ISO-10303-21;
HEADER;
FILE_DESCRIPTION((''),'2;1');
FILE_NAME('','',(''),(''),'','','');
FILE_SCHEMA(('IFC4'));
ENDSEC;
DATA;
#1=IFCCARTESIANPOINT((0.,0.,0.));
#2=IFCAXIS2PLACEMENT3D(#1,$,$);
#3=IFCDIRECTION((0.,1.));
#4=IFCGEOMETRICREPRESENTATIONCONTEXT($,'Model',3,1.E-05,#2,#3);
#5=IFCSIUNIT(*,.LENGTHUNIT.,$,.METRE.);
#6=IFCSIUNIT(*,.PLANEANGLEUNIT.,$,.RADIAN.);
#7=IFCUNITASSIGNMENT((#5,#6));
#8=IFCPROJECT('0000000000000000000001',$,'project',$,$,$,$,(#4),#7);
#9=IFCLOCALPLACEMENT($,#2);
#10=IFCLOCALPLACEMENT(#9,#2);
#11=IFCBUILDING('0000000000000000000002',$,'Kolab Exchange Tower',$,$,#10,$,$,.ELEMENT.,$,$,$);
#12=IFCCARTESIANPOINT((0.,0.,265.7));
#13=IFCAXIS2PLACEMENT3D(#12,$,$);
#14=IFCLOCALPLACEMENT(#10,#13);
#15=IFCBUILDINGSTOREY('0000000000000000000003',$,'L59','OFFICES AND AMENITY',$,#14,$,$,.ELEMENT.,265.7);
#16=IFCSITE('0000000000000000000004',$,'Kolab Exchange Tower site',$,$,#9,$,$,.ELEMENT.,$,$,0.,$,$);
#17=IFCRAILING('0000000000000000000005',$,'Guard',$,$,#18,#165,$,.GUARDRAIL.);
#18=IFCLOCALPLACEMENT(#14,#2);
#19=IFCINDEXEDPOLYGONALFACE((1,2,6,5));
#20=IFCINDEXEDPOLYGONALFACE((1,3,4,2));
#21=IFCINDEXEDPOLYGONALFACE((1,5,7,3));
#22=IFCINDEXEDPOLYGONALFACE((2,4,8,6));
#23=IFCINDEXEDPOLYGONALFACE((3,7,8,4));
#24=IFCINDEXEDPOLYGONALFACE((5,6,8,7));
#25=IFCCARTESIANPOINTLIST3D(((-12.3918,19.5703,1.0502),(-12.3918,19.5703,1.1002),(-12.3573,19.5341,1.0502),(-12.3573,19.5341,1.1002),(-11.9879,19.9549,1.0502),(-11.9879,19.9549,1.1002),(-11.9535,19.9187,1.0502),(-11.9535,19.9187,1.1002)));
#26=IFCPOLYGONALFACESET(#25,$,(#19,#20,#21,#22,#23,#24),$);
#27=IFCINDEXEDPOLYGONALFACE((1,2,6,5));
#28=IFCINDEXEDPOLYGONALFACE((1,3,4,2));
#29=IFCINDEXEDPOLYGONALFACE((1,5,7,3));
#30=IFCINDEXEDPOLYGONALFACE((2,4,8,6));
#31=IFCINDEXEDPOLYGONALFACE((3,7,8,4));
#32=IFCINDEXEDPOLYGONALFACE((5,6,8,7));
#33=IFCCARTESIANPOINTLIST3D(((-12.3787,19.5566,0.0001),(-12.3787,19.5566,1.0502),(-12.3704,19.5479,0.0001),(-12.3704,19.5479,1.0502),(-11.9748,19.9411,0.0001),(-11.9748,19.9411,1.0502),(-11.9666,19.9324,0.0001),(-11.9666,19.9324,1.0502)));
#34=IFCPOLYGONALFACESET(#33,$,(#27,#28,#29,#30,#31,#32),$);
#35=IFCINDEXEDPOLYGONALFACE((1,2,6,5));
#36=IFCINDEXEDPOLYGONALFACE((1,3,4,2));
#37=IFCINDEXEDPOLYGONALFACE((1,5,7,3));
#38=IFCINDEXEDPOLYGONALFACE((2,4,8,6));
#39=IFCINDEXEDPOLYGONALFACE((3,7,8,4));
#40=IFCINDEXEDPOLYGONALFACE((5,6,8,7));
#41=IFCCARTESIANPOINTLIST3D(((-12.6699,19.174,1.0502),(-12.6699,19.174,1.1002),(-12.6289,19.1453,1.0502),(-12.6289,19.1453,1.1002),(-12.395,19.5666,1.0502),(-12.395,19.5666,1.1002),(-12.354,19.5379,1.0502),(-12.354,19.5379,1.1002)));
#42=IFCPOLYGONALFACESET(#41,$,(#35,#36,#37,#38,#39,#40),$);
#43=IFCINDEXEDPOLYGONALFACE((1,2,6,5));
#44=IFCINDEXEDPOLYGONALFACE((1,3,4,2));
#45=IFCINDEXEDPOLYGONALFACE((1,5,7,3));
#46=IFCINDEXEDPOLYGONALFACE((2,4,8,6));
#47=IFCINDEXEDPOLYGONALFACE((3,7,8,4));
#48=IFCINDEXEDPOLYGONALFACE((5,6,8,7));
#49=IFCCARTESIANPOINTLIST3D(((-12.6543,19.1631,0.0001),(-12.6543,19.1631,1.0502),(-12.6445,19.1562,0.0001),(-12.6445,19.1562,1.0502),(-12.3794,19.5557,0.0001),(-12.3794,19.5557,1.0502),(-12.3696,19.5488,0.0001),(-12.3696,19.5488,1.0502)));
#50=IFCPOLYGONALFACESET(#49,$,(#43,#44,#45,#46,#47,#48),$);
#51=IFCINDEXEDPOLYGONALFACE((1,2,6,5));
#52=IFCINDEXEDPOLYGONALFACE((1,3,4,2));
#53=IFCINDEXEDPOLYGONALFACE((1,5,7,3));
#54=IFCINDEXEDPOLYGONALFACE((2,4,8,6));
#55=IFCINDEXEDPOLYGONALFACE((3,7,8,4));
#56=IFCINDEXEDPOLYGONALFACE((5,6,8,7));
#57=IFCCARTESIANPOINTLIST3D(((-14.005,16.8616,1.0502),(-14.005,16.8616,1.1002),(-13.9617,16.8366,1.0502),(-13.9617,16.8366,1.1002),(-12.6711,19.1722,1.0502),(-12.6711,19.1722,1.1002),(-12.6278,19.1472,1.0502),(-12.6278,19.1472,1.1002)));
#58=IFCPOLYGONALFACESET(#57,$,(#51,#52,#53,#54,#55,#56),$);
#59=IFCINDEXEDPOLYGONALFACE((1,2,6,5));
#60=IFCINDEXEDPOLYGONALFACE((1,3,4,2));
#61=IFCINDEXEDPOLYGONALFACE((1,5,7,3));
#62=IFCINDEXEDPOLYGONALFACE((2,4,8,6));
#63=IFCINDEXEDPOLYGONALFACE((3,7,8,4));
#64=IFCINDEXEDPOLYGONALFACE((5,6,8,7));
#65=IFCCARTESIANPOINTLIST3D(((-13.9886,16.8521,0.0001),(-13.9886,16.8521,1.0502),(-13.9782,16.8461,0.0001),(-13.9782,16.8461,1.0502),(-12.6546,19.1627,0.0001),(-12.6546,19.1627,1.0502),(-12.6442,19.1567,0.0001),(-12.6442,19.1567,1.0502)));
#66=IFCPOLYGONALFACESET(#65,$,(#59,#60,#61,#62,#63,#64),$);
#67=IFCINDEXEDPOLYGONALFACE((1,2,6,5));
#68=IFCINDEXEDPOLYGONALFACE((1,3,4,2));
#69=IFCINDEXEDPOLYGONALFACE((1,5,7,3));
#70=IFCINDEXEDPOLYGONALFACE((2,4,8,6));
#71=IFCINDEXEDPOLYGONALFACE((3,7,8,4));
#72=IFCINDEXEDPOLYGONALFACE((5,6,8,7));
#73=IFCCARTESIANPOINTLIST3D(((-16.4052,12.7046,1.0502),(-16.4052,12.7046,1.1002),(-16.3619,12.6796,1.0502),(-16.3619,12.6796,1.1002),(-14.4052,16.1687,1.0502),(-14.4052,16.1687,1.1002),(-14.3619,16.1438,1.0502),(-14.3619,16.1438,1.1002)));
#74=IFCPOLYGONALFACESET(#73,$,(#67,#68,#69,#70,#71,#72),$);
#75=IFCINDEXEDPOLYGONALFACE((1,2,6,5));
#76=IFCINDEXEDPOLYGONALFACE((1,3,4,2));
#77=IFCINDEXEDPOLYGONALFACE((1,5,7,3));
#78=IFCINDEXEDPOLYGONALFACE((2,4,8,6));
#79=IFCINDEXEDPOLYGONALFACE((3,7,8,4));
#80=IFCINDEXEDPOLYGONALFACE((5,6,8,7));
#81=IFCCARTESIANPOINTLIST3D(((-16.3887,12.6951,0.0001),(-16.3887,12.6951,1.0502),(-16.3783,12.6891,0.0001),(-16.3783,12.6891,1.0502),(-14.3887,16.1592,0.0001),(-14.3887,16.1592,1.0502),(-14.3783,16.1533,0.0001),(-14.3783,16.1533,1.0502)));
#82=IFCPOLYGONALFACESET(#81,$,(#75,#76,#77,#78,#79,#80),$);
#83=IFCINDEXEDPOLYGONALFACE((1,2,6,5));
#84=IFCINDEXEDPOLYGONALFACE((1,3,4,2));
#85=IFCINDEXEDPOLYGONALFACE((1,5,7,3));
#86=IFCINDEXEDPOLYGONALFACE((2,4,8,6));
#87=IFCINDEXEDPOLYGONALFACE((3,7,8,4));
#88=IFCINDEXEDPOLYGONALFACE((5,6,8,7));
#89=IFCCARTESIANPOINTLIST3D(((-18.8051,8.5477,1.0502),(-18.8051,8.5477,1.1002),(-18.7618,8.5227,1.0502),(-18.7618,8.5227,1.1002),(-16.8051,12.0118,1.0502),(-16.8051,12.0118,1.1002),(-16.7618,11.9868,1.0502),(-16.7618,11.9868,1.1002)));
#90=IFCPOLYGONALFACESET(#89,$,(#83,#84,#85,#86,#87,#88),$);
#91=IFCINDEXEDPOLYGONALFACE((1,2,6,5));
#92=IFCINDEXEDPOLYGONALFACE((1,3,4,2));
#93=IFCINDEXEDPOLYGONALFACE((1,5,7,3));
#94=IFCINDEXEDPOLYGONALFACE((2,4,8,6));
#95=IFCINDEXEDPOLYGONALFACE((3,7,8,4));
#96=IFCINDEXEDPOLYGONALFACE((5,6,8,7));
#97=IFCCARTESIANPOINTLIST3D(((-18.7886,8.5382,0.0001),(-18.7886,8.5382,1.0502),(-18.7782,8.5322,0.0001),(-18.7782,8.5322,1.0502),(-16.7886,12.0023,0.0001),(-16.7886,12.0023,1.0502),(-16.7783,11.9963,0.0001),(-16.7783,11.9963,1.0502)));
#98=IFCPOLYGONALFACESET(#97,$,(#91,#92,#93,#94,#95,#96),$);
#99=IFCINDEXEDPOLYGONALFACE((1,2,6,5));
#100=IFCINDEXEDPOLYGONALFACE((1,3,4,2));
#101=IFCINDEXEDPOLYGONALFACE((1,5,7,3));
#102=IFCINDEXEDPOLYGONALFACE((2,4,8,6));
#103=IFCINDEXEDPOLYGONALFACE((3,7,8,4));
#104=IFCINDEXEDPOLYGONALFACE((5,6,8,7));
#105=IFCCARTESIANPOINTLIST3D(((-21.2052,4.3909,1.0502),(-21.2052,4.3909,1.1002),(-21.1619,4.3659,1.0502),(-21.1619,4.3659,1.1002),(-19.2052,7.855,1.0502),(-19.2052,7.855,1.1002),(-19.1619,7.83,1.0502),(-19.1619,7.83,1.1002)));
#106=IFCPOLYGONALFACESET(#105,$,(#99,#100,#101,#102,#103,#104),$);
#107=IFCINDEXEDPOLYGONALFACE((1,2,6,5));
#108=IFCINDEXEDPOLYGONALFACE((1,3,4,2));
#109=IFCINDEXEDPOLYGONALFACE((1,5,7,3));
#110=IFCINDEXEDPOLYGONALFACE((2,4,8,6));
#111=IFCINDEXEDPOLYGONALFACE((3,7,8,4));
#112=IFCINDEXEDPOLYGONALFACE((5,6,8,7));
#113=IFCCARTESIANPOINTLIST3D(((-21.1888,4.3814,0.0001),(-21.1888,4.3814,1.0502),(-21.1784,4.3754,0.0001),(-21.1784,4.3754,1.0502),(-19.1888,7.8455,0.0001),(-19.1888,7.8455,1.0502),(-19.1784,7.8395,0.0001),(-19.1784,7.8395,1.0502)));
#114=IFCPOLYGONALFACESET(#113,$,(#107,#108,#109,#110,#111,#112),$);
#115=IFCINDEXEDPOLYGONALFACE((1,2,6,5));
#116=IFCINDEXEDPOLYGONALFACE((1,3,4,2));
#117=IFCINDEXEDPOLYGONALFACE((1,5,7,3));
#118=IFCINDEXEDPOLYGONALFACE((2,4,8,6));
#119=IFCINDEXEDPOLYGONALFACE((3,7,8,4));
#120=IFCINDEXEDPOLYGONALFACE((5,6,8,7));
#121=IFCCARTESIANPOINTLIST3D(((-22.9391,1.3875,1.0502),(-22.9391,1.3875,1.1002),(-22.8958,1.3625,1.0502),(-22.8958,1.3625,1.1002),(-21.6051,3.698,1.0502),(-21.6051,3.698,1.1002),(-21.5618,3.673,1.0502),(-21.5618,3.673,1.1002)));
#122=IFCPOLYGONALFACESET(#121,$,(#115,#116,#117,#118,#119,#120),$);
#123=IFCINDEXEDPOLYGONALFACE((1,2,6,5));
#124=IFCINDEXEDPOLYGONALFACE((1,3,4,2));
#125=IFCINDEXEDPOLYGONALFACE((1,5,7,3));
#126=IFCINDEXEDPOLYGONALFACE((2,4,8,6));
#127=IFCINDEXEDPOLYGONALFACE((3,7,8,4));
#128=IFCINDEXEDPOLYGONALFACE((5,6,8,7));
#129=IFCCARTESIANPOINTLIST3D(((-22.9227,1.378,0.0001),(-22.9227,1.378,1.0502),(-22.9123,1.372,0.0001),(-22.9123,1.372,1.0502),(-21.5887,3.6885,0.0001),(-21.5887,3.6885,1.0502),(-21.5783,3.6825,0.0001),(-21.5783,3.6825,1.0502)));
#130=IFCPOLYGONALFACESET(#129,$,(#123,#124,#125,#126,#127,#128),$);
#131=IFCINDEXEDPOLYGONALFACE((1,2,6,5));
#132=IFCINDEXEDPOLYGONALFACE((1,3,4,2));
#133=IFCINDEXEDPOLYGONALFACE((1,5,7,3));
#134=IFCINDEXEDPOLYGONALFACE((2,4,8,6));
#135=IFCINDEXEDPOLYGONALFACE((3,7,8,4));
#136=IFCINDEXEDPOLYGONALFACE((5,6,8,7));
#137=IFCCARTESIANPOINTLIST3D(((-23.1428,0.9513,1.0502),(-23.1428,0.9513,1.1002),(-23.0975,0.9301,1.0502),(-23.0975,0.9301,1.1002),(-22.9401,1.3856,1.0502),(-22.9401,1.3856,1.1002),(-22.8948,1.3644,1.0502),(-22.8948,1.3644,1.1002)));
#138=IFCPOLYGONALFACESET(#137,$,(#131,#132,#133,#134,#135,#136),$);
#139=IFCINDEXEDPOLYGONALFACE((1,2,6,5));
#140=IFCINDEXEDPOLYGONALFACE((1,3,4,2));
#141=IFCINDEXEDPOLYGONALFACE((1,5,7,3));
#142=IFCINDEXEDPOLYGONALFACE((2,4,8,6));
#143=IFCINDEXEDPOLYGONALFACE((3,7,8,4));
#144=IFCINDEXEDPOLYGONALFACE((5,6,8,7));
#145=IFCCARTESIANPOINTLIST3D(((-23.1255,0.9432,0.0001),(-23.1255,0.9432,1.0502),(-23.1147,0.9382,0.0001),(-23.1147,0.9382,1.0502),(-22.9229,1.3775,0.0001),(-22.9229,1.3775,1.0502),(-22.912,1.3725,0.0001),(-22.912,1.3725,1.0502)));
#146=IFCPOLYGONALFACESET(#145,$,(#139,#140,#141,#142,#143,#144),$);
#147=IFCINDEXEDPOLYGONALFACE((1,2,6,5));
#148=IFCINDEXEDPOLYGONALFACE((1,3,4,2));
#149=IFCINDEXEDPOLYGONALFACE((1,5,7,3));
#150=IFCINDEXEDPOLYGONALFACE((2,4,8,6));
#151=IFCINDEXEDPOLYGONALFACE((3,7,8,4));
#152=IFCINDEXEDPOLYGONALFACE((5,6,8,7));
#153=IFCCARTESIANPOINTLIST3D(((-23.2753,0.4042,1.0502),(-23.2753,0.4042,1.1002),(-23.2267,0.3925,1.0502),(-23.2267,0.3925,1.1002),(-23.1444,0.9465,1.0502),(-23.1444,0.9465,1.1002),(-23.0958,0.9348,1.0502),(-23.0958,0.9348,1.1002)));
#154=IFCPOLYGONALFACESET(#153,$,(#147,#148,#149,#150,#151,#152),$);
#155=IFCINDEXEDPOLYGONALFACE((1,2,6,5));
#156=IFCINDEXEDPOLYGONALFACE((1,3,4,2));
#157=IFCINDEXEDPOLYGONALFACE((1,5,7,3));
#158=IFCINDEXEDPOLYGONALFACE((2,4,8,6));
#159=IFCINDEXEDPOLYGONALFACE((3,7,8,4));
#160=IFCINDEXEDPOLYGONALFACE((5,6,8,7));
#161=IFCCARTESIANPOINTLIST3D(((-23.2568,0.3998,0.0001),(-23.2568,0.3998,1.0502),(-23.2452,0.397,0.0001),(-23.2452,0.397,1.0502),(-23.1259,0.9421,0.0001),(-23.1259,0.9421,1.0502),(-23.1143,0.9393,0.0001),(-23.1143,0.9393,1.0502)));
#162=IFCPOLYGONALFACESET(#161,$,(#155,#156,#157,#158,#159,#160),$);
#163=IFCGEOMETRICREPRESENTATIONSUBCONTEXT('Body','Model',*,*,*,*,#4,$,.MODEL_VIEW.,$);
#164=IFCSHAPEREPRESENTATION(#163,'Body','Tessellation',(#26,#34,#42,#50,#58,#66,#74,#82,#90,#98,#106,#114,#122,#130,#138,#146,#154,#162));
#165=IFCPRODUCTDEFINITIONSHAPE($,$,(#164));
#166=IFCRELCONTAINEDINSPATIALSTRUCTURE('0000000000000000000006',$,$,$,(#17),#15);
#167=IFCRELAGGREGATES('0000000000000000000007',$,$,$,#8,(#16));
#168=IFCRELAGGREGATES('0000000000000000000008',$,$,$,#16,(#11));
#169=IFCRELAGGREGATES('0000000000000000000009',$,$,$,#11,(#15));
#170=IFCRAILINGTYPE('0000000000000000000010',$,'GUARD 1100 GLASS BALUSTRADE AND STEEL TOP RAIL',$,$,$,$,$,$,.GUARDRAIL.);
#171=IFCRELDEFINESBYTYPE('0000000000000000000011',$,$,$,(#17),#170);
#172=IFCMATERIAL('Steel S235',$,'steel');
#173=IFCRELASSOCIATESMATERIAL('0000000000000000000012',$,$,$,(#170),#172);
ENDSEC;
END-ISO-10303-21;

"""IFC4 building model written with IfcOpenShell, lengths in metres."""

from ifc_helpers import new_model, si_unit, direction, frame, frame_2d, origin, origin_2d, place, context, subcontext, project, spatial, rectangle, extrude, material, type_object, element, save


model = new_model("IFC4")

# Units and contexts
model_context = context("Model", 3, precision=1e-05, world=origin(), true_north=direction((0.0, 1.0)))
body_context = subcontext(model_context, "Body", "Model", "MODEL_VIEW")
ifc_project = project(units=[si_unit("LENGTHUNIT", "METRE"), si_unit("PLANEANGLEUNIT", "RADIAN")], contexts=[model_context])

# Site, building, storey
site_placement = place(None, origin())
site = spatial("IfcSite", under=ifc_project, at=site_placement, Name="Kolab Exchange Tower site", CompositionType="ELEMENT", RefElevation=0.0)
building_placement = place(site_placement, origin())
building = spatial("IfcBuilding", under=site, at=building_placement, Name="Kolab Exchange Tower", CompositionType="ELEMENT")
storey_placement = place(building_placement, frame((0.0, 0.0, 265.7)))
storey = spatial("IfcBuildingStorey", under=building, at=storey_placement, Name="L59", Description="OFFICES AND AMENITY", CompositionType="ELEMENT", Elevation=265.7)

# Railing
ifc_material_1 = material(Name="Steel S235", Category="steel")
railing_type = type_object("IfcRailingType", Name="GUARD 1100 GLASS BALUSTRADE AND STEEL TOP RAIL", PredefinedType="GUARDRAIL", material=ifc_material_1)
railing_placement = place(storey_placement, frame((-11.9707, 19.9368, 0.0)))
element("IfcRailing", 1, at=railing_placement, inside=storey, type_object=railing_type, Name="Guard", PredefinedType="GUARDRAIL", context=body_context, shape_type="SweptSolid", body=[
    extrude(rectangle(XDim=0.05, YDim=0.05, at=origin_2d()), frame((0.0, 0.0, 1.0752), z_axis=(-0.72419, -0.689601, 0.0), x_axis=(0.689601, -0.72419, 0.0)), (0.0, 0.0, 1.0), 0.5576),
    extrude(rectangle(XDim=0.012, YDim=1.0501, at=frame_2d((0.0, 0.5251))), frame((0.0, 0.0, 0.0), z_axis=(-0.72419, -0.689601, 0.0), x_axis=(0.689601, -0.72419, 0.0)), (0.0, 0.0, 1.0), 0.5576),
    extrude(rectangle(XDim=0.05, YDim=0.05, at=origin_2d()), frame((-0.4038, -0.3845, 1.0752), z_axis=(-0.573599, -0.819136, 0.0), x_axis=(0.819136, -0.573599, 0.0)), (0.0, 0.0, 1.0), 0.4792),
    extrude(rectangle(XDim=0.012, YDim=1.0501, at=frame_2d((0.0, 0.5251))), frame((-0.4038, -0.3845, 0.0), z_axis=(-0.573599, -0.819136, 0.0), x_axis=(0.819136, -0.573599, 0.0)), (0.0, 0.0, 1.0), 0.4792),
    extrude(rectangle(XDim=0.05, YDim=0.05, at=origin_2d()), frame((-0.6787, -0.7771, 1.0752), z_axis=(-0.499997, -0.866027, 0.0), x_axis=(0.866027, -0.499997, 0.0)), (0.0, 0.0, 1.0), 2.668),
    extrude(rectangle(XDim=0.012, YDim=1.0501, at=frame_2d((0.0, 0.5251))), frame((-0.6787, -0.7771, 0.0), z_axis=(-0.499997, -0.866027, 0.0), x_axis=(0.866027, -0.499997, 0.0)), (0.0, 0.0, 1.0), 2.668),
    extrude(rectangle(XDim=0.05, YDim=0.05, at=origin_2d()), frame((-2.4128, -3.7805, 1.0752), z_axis=(-0.499999, -0.866026, 0.0), x_axis=(0.866026, -0.499999, 0.0)), (0.0, 0.0, 1.0), 4.0),
    extrude(rectangle(XDim=0.012, YDim=1.0501, at=frame_2d((0.0, 0.5251))), frame((-2.4128, -3.7805, 0.0), z_axis=(-0.499999, -0.866026, 0.0), x_axis=(0.866026, -0.499999, 0.0)), (0.0, 0.0, 1.0), 4.0),
    extrude(rectangle(XDim=0.05, YDim=0.05, at=origin_2d()), frame((-4.8127, -7.9375, 1.0752), z_axis=(-0.499999, -0.866026, 0.0), x_axis=(0.866026, -0.499999, 0.0)), (0.0, 0.0, 1.0), 4.0),
    extrude(rectangle(XDim=0.012, YDim=1.0501, at=frame_2d((0.0, 0.5251))), frame((-4.8127, -7.9375, 0.0), z_axis=(-0.499999, -0.866026, 0.0), x_axis=(0.866026, -0.499999, 0.0)), (0.0, 0.0, 1.0), 4.0),
    extrude(rectangle(XDim=0.05, YDim=0.05, at=origin_2d()), frame((-7.2129, -12.0942, 1.0752), z_axis=(-0.499999, -0.866026, 0.0), x_axis=(0.866026, -0.499999, 0.0)), (0.0, 0.0, 1.0), 4.0),
    extrude(rectangle(XDim=0.012, YDim=1.0501, at=frame_2d((0.0, 0.5251))), frame((-7.2129, -12.0942, 0.0), z_axis=(-0.499999, -0.866026, 0.0), x_axis=(0.866026, -0.499999, 0.0)), (0.0, 0.0, 1.0), 4.0),
    extrude(rectangle(XDim=0.05, YDim=0.05, at=origin_2d()), frame((-9.6128, -16.2512, 1.0752), z_axis=(-0.499997, -0.866027, 0.0), x_axis=(0.866027, -0.499997, 0.0)), (0.0, 0.0, 1.0), 2.668),
    extrude(rectangle(XDim=0.012, YDim=1.0501, at=frame_2d((0.0, 0.5251))), frame((-9.6128, -16.2512, 0.0), z_axis=(-0.499997, -0.866027, 0.0), x_axis=(0.866027, -0.499997, 0.0)), (0.0, 0.0, 1.0), 2.668),
    extrude(rectangle(XDim=0.05, YDim=0.05, at=origin_2d()), frame((-10.9468, -18.5618, 1.0752), z_axis=(-0.422802, -0.906222, 0.0), x_axis=(0.906222, -0.422802, 0.0)), (0.0, 0.0, 1.0), 0.4792),
    extrude(rectangle(XDim=0.012, YDim=1.0501, at=frame_2d((0.0, 0.5251))), frame((-10.9468, -18.5618, 0.0), z_axis=(-0.422802, -0.906222, 0.0), x_axis=(0.906222, -0.422802, 0.0)), (0.0, 0.0, 1.0), 0.4792),
    extrude(rectangle(XDim=0.05, YDim=0.05, at=origin_2d()), frame((-11.1494, -18.9961, 1.0752), z_axis=(-0.234598, -0.972093, 0.0), x_axis=(0.972093, -0.234598, 0.0)), (0.0, 0.0, 1.0), 0.5579),
    extrude(rectangle(XDim=0.012, YDim=1.0501, at=frame_2d((0.0, 0.5251))), frame((-11.1494, -18.9961, 0.0), z_axis=(-0.234598, -0.972093, 0.0), x_axis=(0.972093, -0.234598, 0.0)), (0.0, 0.0, 1.0), 0.5579),
])

save(model, "model.ifc")
